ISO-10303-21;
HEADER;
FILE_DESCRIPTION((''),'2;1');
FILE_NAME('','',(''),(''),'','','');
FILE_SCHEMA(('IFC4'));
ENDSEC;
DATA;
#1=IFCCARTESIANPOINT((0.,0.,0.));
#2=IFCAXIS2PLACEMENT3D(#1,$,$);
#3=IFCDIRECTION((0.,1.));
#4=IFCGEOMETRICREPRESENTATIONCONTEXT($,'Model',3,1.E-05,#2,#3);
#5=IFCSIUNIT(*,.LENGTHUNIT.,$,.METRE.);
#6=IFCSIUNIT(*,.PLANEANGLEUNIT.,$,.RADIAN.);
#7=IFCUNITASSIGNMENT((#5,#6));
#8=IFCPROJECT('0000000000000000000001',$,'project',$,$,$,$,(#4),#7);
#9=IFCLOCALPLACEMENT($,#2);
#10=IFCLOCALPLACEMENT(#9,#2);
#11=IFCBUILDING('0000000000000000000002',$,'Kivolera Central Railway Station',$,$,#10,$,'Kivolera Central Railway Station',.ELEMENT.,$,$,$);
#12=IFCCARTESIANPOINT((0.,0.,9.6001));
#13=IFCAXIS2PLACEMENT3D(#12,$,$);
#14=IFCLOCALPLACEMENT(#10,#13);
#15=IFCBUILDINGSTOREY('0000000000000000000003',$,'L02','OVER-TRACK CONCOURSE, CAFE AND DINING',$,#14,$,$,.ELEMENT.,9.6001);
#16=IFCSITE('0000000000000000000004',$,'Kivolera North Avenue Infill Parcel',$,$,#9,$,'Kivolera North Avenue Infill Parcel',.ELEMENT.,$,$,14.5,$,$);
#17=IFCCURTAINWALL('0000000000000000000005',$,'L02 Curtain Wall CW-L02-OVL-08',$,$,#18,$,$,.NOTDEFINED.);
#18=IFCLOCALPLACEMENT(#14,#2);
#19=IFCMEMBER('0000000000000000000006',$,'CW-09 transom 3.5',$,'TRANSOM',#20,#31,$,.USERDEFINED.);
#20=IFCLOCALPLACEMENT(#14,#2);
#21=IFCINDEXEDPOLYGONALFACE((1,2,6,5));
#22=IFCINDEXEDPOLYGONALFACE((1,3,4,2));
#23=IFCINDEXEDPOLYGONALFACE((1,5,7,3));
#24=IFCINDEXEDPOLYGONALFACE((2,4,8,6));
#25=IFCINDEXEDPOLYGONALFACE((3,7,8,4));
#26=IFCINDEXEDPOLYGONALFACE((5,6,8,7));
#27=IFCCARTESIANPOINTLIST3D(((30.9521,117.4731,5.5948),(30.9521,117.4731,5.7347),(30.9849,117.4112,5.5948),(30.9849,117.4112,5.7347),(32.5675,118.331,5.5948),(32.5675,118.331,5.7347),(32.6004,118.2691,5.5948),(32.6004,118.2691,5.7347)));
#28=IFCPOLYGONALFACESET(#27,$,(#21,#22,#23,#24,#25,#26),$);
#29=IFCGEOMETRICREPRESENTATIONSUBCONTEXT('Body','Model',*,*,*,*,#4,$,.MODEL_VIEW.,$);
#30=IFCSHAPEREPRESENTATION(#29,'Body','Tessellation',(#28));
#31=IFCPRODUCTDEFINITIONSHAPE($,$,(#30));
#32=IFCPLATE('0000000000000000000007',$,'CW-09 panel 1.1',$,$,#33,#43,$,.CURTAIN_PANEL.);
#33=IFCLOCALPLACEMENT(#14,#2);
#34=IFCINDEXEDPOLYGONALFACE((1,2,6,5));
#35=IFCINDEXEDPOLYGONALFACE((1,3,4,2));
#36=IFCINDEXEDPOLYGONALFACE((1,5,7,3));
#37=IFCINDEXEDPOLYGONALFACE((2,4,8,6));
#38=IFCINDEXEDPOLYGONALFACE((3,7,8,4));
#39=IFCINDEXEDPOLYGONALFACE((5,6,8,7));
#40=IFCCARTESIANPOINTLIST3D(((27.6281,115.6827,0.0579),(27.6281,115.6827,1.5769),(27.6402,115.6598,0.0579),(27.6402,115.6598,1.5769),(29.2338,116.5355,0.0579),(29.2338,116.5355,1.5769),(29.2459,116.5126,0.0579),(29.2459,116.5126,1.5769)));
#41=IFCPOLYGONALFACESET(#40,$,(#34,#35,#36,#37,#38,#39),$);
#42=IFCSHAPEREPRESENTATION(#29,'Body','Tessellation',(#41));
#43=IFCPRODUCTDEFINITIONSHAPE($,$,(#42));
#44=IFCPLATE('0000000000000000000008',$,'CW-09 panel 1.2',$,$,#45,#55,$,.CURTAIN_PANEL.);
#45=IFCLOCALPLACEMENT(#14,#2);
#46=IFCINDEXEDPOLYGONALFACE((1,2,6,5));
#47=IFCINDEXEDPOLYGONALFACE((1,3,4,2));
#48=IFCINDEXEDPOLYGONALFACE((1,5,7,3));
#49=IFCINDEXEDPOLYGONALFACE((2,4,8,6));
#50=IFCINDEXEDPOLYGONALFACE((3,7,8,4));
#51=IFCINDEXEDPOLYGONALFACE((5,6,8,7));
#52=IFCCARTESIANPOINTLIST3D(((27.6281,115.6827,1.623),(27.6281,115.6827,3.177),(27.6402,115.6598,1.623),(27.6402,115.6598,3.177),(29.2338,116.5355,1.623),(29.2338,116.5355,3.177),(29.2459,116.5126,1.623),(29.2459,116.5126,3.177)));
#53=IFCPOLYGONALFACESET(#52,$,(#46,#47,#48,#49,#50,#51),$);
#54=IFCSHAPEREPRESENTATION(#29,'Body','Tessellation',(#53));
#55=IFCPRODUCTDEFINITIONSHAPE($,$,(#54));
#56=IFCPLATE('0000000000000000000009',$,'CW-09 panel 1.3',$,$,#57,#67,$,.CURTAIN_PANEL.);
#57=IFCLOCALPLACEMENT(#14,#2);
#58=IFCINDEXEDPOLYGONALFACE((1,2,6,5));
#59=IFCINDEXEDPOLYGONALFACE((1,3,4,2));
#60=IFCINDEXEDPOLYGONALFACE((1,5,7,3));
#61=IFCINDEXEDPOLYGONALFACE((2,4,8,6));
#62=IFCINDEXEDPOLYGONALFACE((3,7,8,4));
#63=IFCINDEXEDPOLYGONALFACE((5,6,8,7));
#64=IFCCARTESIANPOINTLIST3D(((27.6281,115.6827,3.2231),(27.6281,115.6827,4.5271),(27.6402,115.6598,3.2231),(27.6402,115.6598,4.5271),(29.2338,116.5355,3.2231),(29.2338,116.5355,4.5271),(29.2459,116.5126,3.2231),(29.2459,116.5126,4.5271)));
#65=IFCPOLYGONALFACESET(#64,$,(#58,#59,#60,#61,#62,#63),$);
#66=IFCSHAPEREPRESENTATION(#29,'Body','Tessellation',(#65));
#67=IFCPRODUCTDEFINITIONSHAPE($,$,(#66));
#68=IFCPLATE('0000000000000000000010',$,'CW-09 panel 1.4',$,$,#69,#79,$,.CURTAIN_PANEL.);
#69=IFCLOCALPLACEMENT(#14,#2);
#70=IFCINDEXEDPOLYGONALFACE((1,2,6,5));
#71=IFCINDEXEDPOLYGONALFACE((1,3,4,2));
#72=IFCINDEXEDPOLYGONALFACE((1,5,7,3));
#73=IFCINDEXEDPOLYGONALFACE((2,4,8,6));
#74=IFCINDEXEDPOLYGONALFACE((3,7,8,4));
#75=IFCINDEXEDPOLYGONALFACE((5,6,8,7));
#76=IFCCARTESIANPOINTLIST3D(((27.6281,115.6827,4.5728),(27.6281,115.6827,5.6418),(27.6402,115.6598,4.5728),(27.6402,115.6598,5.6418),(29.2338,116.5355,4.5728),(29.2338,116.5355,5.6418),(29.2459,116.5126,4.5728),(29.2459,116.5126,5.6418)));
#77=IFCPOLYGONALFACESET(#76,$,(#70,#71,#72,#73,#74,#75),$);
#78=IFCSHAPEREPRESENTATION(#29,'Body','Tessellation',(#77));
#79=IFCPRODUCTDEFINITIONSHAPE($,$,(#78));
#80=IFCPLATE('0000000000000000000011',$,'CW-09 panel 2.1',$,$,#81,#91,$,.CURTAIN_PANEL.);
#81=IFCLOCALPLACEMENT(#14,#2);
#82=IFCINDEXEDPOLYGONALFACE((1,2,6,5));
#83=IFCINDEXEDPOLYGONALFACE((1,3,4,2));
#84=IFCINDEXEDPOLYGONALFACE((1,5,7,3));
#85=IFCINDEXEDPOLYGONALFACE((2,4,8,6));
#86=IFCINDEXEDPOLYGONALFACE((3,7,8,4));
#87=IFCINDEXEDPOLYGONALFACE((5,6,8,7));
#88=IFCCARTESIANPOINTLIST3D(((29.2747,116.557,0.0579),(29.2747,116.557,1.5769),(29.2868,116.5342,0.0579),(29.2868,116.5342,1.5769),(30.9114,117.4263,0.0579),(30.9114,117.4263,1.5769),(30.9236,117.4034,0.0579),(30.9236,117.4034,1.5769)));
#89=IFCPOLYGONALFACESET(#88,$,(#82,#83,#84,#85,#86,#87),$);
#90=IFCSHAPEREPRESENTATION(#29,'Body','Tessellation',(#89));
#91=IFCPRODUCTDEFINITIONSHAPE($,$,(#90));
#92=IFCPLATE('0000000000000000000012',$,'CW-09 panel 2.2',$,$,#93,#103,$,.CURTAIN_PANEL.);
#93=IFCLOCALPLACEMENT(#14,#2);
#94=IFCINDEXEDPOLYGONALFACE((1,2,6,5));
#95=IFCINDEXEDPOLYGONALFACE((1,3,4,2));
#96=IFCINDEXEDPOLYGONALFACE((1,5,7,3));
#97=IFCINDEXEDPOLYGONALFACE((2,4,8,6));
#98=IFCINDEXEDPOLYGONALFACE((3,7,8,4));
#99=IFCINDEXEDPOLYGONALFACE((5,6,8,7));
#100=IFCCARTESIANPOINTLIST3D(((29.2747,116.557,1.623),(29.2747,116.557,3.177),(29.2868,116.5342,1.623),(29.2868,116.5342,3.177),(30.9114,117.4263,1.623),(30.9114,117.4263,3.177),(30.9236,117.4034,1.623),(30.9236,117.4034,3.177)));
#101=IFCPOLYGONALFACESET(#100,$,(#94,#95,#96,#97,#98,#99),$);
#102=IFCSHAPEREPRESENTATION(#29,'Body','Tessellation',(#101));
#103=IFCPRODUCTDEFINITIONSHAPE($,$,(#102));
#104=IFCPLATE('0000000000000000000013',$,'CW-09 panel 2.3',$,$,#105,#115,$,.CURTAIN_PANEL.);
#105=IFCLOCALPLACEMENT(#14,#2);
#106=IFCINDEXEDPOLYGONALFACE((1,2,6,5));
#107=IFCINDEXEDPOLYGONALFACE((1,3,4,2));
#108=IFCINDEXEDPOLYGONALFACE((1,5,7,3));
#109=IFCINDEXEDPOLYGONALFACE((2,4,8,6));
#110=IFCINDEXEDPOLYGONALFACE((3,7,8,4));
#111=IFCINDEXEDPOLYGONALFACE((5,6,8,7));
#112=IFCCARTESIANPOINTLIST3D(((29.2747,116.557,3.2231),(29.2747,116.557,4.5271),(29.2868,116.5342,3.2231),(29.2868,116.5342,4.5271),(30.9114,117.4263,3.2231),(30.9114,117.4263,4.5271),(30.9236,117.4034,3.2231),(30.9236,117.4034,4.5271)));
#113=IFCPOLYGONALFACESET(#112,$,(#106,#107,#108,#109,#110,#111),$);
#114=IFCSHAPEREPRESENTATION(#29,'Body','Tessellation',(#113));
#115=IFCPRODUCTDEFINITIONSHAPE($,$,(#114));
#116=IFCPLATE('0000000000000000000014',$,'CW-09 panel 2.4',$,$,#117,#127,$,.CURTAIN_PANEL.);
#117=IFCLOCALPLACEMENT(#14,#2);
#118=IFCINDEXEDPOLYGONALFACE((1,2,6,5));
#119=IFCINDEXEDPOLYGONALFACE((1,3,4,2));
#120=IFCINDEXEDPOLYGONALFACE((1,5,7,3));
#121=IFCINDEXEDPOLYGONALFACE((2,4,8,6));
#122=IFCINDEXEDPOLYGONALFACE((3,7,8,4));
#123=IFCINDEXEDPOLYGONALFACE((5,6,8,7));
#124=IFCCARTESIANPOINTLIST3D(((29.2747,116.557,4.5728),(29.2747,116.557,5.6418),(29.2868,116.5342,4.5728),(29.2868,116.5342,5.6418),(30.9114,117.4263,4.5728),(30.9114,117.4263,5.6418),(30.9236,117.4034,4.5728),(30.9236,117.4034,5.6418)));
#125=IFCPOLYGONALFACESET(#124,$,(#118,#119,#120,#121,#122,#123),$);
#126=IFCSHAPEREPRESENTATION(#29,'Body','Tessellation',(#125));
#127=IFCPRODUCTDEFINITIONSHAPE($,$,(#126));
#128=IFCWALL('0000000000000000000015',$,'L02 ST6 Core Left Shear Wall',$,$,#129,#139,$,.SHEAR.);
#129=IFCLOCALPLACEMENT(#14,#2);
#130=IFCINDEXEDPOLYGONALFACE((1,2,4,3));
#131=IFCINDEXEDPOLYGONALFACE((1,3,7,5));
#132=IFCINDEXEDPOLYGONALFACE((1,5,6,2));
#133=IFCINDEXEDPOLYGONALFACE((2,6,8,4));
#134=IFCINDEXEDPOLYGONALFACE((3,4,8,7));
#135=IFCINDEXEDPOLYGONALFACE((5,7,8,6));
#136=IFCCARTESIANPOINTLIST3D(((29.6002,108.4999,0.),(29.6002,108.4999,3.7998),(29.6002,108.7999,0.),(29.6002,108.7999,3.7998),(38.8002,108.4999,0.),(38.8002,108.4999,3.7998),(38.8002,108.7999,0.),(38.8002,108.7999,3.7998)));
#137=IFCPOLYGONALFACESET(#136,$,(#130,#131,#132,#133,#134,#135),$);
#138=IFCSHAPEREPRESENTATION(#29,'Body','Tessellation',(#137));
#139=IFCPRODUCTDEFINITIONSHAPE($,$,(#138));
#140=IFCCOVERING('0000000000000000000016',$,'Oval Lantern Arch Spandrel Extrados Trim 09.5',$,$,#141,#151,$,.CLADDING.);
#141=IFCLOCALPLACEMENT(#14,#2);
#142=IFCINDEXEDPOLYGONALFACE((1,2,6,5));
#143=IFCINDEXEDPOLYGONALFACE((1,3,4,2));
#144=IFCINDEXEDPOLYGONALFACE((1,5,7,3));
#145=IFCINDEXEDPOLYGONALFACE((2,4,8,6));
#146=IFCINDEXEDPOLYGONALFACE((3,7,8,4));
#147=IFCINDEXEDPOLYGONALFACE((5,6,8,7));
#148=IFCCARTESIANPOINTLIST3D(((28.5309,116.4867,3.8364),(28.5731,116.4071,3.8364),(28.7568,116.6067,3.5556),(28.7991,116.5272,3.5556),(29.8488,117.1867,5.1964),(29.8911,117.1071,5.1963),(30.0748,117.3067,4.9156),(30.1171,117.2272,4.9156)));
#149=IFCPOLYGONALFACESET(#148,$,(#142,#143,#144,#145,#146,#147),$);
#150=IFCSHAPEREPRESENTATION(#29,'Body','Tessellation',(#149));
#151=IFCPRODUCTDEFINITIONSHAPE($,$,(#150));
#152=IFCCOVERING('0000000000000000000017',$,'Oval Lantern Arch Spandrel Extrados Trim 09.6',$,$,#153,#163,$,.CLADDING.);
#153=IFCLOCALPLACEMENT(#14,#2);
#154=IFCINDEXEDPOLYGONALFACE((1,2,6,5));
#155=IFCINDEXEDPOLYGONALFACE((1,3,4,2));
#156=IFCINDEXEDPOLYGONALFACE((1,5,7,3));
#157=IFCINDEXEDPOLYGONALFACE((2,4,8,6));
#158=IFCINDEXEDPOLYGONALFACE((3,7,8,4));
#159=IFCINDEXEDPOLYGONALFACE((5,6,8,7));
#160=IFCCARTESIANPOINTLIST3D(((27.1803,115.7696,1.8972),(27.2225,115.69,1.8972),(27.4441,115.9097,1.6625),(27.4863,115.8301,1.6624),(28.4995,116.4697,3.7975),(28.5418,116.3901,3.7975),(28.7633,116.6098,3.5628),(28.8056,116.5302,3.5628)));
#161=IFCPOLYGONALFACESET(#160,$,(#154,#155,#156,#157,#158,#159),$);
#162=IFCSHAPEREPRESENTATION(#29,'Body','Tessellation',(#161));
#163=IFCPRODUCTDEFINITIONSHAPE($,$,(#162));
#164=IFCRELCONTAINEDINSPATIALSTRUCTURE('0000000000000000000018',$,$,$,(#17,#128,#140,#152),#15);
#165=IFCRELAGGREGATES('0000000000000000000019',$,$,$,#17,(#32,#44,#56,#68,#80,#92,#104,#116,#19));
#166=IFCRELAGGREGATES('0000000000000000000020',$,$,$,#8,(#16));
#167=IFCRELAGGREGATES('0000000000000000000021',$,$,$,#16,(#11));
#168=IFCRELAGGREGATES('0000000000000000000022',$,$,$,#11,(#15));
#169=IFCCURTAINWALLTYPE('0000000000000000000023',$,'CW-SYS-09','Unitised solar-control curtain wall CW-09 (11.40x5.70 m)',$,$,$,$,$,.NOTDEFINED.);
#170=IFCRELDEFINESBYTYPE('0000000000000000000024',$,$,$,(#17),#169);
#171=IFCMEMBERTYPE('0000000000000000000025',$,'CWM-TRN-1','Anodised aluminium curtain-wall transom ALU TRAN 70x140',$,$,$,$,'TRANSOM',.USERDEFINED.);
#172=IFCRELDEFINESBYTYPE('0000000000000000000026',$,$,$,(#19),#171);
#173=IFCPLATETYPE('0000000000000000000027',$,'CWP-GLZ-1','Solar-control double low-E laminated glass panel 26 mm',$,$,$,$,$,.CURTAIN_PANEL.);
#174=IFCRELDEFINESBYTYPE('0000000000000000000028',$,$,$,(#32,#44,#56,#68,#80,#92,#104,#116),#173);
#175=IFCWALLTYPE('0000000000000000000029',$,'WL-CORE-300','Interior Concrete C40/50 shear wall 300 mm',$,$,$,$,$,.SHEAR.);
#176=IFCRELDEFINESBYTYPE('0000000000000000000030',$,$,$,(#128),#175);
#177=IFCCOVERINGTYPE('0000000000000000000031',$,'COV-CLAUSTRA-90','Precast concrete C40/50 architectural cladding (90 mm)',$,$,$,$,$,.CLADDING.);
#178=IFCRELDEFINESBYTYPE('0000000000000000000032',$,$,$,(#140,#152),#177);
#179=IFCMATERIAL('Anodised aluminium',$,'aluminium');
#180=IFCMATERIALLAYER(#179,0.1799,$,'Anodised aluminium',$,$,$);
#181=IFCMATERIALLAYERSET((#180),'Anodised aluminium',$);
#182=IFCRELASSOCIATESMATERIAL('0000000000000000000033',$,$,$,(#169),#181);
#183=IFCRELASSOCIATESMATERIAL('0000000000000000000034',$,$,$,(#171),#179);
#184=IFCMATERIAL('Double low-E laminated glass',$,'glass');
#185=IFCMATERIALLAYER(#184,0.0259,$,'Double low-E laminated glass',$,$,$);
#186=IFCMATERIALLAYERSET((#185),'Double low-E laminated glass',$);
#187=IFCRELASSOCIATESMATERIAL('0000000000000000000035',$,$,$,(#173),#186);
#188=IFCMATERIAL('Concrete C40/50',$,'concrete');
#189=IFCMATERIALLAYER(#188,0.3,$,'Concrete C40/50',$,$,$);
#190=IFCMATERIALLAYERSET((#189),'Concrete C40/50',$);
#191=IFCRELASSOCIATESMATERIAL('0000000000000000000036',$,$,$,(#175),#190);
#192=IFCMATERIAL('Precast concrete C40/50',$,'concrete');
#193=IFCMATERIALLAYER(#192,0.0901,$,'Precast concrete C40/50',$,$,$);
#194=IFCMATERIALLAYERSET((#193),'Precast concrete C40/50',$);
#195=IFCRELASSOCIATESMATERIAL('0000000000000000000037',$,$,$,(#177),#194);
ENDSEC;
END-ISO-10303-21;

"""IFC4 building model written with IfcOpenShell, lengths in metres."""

from ifc_helpers import new_model, si_unit, direction, frame, frame_2d, origin, origin_2d, place, context, subcontext, project, spatial, rectangle, extrude, material, layer, layer_set, material_profile, profile_set, type_object, element, aggregate, save


model = new_model("IFC4")

# Units and contexts
model_context = context("Model", 3, precision=1e-05, world=origin(), true_north=direction((0.0, 1.0)))
body_context = subcontext(model_context, "Body", "Model", "MODEL_VIEW")
ifc_project = project(units=[si_unit("LENGTHUNIT", "METRE"), si_unit("PLANEANGLEUNIT", "RADIAN")], contexts=[model_context])

# Site, building, storey
site_placement = place(None, origin())
site = spatial("IfcSite", under=ifc_project, at=site_placement, Name="Kivolera North Avenue Infill Parcel", LongName="Kivolera North Avenue Infill Parcel", CompositionType="ELEMENT", RefElevation=14.5)
building_placement = place(site_placement, origin())
building = spatial("IfcBuilding", under=site, at=building_placement, Name="Kivolera Central Railway Station", LongName="Kivolera Central Railway Station", CompositionType="ELEMENT")
storey_placement = place(building_placement, frame((0.0, 0.0, 9.6001)))
storey = spatial("IfcBuildingStorey", under=building, at=storey_placement, Name="L02", Description="OVER-TRACK CONCOURSE, CAFE AND DINING", CompositionType="ELEMENT", Elevation=9.6001)

# Shared definitions
ifc_material_1 = material(Name="Concrete C40/50", Category="concrete")

# Curtain wall, member, plates
ifc_material_2 = material(Name="Anodised aluminium", Category="aluminium")
ifc_layer_1 = layer(ifc_material_2, 0.1799, Name="Anodised aluminium")
ifc_layer_set_1 = layer_set([ifc_layer_1], Name="Anodised aluminium")
curtain_wall_type = type_object("IfcCurtainWallType", Name="CW-SYS-09", Description="Unitised solar-control curtain wall CW-09 (11.40x5.70 m)", PredefinedType="NOTDEFINED", material=ifc_layer_set_1)
curtain_wall_placement = place(storey_placement, origin())
curtain_wall = element("IfcCurtainWall", 1, at=curtain_wall_placement, inside=storey, type_object=curtain_wall_type, Name="L02 Curtain Wall CW-L02-OVL-08", PredefinedType="NOTDEFINED")
ifc_material_profile_1 = material_profile(ifc_material_2, rectangle(XDim=0.0701, YDim=0.1399, at=origin_2d()), Name="ALU TRAN 70x140")
ifc_profile_set_1 = profile_set([ifc_material_profile_1], Name="Anodised aluminium")
member_type_1 = type_object("IfcMemberType", Name="CWM-TRN-1", Description="Anodised aluminium curtain-wall transom ALU TRAN 70x140", ElementType="TRANSOM", PredefinedType="USERDEFINED", material=ifc_profile_set_1)
member_1_placement = place(storey_placement, frame((30.9685, 117.4421, 5.6648), z_axis=(0.883187, 0.469022, 0.0), x_axis=(-0.469022, 0.883187, 0.0)))
member_1 = element("IfcMember", 2, at=member_1_placement, type_object=member_type_1, Name="CW-09 transom 3.5", ObjectType="TRANSOM", PredefinedType="USERDEFINED", context=body_context, shape_type="SweptSolid", body=[
    extrude(rectangle(XDim=0.0701, YDim=0.1399, at=origin_2d()), origin(), (0.0, 0.0, 1.0), 1.8291),
])
ifc_material_3 = material(Name="Double low-E laminated glass", Category="glass")
ifc_layer_2 = layer(ifc_material_3, 0.0259, Name="Double low-E laminated glass")
ifc_layer_set_2 = layer_set([ifc_layer_2], Name="Double low-E laminated glass")
plate_type = type_object("IfcPlateType", Name="CWP-GLZ-1", Description="Solar-control double low-E laminated glass panel 26 mm", PredefinedType="CURTAIN_PANEL", material=ifc_layer_set_2)
plate_1_placement = place(storey_placement, frame((28.437, 116.0977, 0.0579), z_axis=(0.0, 0.0, 1.0), x_axis=(0.88317, 0.469053, 0.0)))
plate_1 = element("IfcPlate", 3, at=plate_1_placement, type_object=plate_type, Name="CW-09 panel 1.1", PredefinedType="CURTAIN_PANEL", context=body_context, shape_type="SweptSolid", body=[
    extrude(rectangle(XDim=1.8181, YDim=0.0259, at=origin_2d()), origin(), (0.0, 0.0, 1.0), 1.519),
])
plate_2_placement = place(storey_placement, frame((28.437, 116.0977, 1.623), z_axis=(0.0, 0.0, 1.0), x_axis=(0.88317, 0.469053, 0.0)))
plate_2 = element("IfcPlate", 4, at=plate_2_placement, type_object=plate_type, Name="CW-09 panel 1.2", PredefinedType="CURTAIN_PANEL", context=body_context, shape_type="SweptSolid", body=[
    extrude(rectangle(XDim=1.8181, YDim=0.0259, at=origin_2d()), origin(), (0.0, 0.0, 1.0), 1.554),
])
plate_3_placement = place(storey_placement, frame((28.437, 116.0977, 3.2231), z_axis=(0.0, 0.0, 1.0), x_axis=(0.88317, 0.469053, 0.0)))
plate_3 = element("IfcPlate", 5, at=plate_3_placement, type_object=plate_type, Name="CW-09 panel 1.3", PredefinedType="CURTAIN_PANEL", context=body_context, shape_type="SweptSolid", body=[
    extrude(rectangle(XDim=1.8181, YDim=0.0259, at=origin_2d()), origin(), (0.0, 0.0, 1.0), 1.304),
])
plate_4_placement = place(storey_placement, frame((28.437, 116.0977, 4.5728), z_axis=(0.0, 0.0, 1.0), x_axis=(0.88317, 0.469053, 0.0)))
plate_4 = element("IfcPlate", 6, at=plate_4_placement, type_object=plate_type, Name="CW-09 panel 1.4", PredefinedType="CURTAIN_PANEL", context=body_context, shape_type="SweptSolid", body=[
    extrude(rectangle(XDim=1.8181, YDim=0.0259, at=origin_2d()), origin(), (0.0, 0.0, 1.0), 1.0691),
])
plate_5_placement = place(storey_placement, frame((30.0991, 116.9802, 0.0579), z_axis=(0.0, 0.0, 1.0), x_axis=(0.88317, 0.469053, 0.0)))
plate_5 = element("IfcPlate", 7, at=plate_5_placement, type_object=plate_type, Name="CW-09 panel 2.1", PredefinedType="CURTAIN_PANEL", context=body_context, shape_type="SweptSolid", body=[
    extrude(rectangle(XDim=1.8533, YDim=0.0259, at=origin_2d()), origin(), (0.0, 0.0, 1.0), 1.519),
])
plate_6_placement = place(storey_placement, frame((30.0991, 116.9802, 1.623), z_axis=(0.0, 0.0, 1.0), x_axis=(0.88317, 0.469053, 0.0)))
plate_6 = element("IfcPlate", 8, at=plate_6_placement, type_object=plate_type, Name="CW-09 panel 2.2", PredefinedType="CURTAIN_PANEL", context=body_context, shape_type="SweptSolid", body=[
    extrude(rectangle(XDim=1.8533, YDim=0.0259, at=origin_2d()), origin(), (0.0, 0.0, 1.0), 1.554),
])
plate_7_placement = place(storey_placement, frame((30.0991, 116.9802, 3.2231), z_axis=(0.0, 0.0, 1.0), x_axis=(0.88317, 0.469053, 0.0)))
plate_7 = element("IfcPlate", 9, at=plate_7_placement, type_object=plate_type, Name="CW-09 panel 2.3", PredefinedType="CURTAIN_PANEL", context=body_context, shape_type="SweptSolid", body=[
    extrude(rectangle(XDim=1.8533, YDim=0.0259, at=origin_2d()), origin(), (0.0, 0.0, 1.0), 1.304),
])
plate_8_placement = place(storey_placement, frame((30.0991, 116.9802, 4.5728), z_axis=(0.0, 0.0, 1.0), x_axis=(0.88317, 0.469053, 0.0)))
plate_8 = element("IfcPlate", 10, at=plate_8_placement, type_object=plate_type, Name="CW-09 panel 2.4", PredefinedType="CURTAIN_PANEL", context=body_context, shape_type="SweptSolid", body=[
    extrude(rectangle(XDim=1.8533, YDim=0.0259, at=origin_2d()), origin(), (0.0, 0.0, 1.0), 1.0691),
])
aggregate(curtain_wall, [plate_1, plate_2, plate_3, plate_4, plate_5, plate_6, plate_7, plate_8, member_1])

# Wall
ifc_layer_3 = layer(ifc_material_1, 0.3, Name="Concrete C40/50")
ifc_layer_set_3 = layer_set([ifc_layer_3], Name="Concrete C40/50")
wall_type = type_object("IfcWallType", Name="WL-CORE-300", Description="Interior Concrete C40/50 shear wall 300 mm", PredefinedType="SHEAR", material=ifc_layer_set_3)
wall_placement = place(storey_placement, frame((29.6001, 108.6499, 0.0), z_axis=(0.0, 0.0, 1.0), x_axis=(1.0, 0.0, 0.0)))
element("IfcWall", 11, at=wall_placement, inside=storey, type_object=wall_type, Name="L02 ST6 Core Left Shear Wall", PredefinedType="SHEAR", context=body_context, shape_type="SweptSolid", body=[
    extrude(rectangle(XDim=9.2, YDim=0.3, at=frame_2d((4.6001, 0.0))), origin(), (0.0, 0.0, 1.0), 3.7998),
])

# Coverings
ifc_material_4 = material(Name="Precast concrete C40/50", Category="concrete")
ifc_layer_4 = layer(ifc_material_4, 0.0901, Name="Precast concrete C40/50")
ifc_layer_set_4 = layer_set([ifc_layer_4], Name="Precast concrete C40/50")
covering_type = type_object("IfcCoveringType", Name="COV-CLAUSTRA-90", Description="Precast concrete C40/50 architectural cladding (90 mm)", PredefinedType="CLADDING", material=ifc_layer_set_4)
covering_1_placement = place(storey_placement, frame((29.324, 116.8569, 4.376), z_axis=(-0.652769, -0.346691, -0.673571), x_axis=(-0.469119, 0.883135, 0.0)))
element("IfcCovering", 12, at=covering_1_placement, inside=storey, type_object=covering_type, Name="Oval Lantern Arch Spandrel Extrados Trim 09.5", PredefinedType="CLADDING", context=body_context, shape_type="SweptSolid", body=[
    extrude(rectangle(XDim=0.0901, YDim=0.3799, at=origin_2d()), frame((0.0, 0.0, -1.0095)), (0.0, 0.0, 1.0), 2.019),
])
covering_2_placement = place(storey_placement, frame((27.9929, 116.1499, 2.73), z_axis=(-0.545817, -0.289668, -0.786242), x_axis=(-0.469119, 0.883135, 0.0)))
element("IfcCovering", 13, at=covering_2_placement, inside=storey, type_object=covering_type, Name="Oval Lantern Arch Spandrel Extrados Trim 09.6", PredefinedType="CLADDING", context=body_context, shape_type="SweptSolid", body=[
    extrude(rectangle(XDim=0.0901, YDim=0.3799, at=origin_2d()), frame((0.0, 0.0, -1.2085)), (0.0, 0.0, 1.0), 2.417),
])

save(model, "model.ifc")
